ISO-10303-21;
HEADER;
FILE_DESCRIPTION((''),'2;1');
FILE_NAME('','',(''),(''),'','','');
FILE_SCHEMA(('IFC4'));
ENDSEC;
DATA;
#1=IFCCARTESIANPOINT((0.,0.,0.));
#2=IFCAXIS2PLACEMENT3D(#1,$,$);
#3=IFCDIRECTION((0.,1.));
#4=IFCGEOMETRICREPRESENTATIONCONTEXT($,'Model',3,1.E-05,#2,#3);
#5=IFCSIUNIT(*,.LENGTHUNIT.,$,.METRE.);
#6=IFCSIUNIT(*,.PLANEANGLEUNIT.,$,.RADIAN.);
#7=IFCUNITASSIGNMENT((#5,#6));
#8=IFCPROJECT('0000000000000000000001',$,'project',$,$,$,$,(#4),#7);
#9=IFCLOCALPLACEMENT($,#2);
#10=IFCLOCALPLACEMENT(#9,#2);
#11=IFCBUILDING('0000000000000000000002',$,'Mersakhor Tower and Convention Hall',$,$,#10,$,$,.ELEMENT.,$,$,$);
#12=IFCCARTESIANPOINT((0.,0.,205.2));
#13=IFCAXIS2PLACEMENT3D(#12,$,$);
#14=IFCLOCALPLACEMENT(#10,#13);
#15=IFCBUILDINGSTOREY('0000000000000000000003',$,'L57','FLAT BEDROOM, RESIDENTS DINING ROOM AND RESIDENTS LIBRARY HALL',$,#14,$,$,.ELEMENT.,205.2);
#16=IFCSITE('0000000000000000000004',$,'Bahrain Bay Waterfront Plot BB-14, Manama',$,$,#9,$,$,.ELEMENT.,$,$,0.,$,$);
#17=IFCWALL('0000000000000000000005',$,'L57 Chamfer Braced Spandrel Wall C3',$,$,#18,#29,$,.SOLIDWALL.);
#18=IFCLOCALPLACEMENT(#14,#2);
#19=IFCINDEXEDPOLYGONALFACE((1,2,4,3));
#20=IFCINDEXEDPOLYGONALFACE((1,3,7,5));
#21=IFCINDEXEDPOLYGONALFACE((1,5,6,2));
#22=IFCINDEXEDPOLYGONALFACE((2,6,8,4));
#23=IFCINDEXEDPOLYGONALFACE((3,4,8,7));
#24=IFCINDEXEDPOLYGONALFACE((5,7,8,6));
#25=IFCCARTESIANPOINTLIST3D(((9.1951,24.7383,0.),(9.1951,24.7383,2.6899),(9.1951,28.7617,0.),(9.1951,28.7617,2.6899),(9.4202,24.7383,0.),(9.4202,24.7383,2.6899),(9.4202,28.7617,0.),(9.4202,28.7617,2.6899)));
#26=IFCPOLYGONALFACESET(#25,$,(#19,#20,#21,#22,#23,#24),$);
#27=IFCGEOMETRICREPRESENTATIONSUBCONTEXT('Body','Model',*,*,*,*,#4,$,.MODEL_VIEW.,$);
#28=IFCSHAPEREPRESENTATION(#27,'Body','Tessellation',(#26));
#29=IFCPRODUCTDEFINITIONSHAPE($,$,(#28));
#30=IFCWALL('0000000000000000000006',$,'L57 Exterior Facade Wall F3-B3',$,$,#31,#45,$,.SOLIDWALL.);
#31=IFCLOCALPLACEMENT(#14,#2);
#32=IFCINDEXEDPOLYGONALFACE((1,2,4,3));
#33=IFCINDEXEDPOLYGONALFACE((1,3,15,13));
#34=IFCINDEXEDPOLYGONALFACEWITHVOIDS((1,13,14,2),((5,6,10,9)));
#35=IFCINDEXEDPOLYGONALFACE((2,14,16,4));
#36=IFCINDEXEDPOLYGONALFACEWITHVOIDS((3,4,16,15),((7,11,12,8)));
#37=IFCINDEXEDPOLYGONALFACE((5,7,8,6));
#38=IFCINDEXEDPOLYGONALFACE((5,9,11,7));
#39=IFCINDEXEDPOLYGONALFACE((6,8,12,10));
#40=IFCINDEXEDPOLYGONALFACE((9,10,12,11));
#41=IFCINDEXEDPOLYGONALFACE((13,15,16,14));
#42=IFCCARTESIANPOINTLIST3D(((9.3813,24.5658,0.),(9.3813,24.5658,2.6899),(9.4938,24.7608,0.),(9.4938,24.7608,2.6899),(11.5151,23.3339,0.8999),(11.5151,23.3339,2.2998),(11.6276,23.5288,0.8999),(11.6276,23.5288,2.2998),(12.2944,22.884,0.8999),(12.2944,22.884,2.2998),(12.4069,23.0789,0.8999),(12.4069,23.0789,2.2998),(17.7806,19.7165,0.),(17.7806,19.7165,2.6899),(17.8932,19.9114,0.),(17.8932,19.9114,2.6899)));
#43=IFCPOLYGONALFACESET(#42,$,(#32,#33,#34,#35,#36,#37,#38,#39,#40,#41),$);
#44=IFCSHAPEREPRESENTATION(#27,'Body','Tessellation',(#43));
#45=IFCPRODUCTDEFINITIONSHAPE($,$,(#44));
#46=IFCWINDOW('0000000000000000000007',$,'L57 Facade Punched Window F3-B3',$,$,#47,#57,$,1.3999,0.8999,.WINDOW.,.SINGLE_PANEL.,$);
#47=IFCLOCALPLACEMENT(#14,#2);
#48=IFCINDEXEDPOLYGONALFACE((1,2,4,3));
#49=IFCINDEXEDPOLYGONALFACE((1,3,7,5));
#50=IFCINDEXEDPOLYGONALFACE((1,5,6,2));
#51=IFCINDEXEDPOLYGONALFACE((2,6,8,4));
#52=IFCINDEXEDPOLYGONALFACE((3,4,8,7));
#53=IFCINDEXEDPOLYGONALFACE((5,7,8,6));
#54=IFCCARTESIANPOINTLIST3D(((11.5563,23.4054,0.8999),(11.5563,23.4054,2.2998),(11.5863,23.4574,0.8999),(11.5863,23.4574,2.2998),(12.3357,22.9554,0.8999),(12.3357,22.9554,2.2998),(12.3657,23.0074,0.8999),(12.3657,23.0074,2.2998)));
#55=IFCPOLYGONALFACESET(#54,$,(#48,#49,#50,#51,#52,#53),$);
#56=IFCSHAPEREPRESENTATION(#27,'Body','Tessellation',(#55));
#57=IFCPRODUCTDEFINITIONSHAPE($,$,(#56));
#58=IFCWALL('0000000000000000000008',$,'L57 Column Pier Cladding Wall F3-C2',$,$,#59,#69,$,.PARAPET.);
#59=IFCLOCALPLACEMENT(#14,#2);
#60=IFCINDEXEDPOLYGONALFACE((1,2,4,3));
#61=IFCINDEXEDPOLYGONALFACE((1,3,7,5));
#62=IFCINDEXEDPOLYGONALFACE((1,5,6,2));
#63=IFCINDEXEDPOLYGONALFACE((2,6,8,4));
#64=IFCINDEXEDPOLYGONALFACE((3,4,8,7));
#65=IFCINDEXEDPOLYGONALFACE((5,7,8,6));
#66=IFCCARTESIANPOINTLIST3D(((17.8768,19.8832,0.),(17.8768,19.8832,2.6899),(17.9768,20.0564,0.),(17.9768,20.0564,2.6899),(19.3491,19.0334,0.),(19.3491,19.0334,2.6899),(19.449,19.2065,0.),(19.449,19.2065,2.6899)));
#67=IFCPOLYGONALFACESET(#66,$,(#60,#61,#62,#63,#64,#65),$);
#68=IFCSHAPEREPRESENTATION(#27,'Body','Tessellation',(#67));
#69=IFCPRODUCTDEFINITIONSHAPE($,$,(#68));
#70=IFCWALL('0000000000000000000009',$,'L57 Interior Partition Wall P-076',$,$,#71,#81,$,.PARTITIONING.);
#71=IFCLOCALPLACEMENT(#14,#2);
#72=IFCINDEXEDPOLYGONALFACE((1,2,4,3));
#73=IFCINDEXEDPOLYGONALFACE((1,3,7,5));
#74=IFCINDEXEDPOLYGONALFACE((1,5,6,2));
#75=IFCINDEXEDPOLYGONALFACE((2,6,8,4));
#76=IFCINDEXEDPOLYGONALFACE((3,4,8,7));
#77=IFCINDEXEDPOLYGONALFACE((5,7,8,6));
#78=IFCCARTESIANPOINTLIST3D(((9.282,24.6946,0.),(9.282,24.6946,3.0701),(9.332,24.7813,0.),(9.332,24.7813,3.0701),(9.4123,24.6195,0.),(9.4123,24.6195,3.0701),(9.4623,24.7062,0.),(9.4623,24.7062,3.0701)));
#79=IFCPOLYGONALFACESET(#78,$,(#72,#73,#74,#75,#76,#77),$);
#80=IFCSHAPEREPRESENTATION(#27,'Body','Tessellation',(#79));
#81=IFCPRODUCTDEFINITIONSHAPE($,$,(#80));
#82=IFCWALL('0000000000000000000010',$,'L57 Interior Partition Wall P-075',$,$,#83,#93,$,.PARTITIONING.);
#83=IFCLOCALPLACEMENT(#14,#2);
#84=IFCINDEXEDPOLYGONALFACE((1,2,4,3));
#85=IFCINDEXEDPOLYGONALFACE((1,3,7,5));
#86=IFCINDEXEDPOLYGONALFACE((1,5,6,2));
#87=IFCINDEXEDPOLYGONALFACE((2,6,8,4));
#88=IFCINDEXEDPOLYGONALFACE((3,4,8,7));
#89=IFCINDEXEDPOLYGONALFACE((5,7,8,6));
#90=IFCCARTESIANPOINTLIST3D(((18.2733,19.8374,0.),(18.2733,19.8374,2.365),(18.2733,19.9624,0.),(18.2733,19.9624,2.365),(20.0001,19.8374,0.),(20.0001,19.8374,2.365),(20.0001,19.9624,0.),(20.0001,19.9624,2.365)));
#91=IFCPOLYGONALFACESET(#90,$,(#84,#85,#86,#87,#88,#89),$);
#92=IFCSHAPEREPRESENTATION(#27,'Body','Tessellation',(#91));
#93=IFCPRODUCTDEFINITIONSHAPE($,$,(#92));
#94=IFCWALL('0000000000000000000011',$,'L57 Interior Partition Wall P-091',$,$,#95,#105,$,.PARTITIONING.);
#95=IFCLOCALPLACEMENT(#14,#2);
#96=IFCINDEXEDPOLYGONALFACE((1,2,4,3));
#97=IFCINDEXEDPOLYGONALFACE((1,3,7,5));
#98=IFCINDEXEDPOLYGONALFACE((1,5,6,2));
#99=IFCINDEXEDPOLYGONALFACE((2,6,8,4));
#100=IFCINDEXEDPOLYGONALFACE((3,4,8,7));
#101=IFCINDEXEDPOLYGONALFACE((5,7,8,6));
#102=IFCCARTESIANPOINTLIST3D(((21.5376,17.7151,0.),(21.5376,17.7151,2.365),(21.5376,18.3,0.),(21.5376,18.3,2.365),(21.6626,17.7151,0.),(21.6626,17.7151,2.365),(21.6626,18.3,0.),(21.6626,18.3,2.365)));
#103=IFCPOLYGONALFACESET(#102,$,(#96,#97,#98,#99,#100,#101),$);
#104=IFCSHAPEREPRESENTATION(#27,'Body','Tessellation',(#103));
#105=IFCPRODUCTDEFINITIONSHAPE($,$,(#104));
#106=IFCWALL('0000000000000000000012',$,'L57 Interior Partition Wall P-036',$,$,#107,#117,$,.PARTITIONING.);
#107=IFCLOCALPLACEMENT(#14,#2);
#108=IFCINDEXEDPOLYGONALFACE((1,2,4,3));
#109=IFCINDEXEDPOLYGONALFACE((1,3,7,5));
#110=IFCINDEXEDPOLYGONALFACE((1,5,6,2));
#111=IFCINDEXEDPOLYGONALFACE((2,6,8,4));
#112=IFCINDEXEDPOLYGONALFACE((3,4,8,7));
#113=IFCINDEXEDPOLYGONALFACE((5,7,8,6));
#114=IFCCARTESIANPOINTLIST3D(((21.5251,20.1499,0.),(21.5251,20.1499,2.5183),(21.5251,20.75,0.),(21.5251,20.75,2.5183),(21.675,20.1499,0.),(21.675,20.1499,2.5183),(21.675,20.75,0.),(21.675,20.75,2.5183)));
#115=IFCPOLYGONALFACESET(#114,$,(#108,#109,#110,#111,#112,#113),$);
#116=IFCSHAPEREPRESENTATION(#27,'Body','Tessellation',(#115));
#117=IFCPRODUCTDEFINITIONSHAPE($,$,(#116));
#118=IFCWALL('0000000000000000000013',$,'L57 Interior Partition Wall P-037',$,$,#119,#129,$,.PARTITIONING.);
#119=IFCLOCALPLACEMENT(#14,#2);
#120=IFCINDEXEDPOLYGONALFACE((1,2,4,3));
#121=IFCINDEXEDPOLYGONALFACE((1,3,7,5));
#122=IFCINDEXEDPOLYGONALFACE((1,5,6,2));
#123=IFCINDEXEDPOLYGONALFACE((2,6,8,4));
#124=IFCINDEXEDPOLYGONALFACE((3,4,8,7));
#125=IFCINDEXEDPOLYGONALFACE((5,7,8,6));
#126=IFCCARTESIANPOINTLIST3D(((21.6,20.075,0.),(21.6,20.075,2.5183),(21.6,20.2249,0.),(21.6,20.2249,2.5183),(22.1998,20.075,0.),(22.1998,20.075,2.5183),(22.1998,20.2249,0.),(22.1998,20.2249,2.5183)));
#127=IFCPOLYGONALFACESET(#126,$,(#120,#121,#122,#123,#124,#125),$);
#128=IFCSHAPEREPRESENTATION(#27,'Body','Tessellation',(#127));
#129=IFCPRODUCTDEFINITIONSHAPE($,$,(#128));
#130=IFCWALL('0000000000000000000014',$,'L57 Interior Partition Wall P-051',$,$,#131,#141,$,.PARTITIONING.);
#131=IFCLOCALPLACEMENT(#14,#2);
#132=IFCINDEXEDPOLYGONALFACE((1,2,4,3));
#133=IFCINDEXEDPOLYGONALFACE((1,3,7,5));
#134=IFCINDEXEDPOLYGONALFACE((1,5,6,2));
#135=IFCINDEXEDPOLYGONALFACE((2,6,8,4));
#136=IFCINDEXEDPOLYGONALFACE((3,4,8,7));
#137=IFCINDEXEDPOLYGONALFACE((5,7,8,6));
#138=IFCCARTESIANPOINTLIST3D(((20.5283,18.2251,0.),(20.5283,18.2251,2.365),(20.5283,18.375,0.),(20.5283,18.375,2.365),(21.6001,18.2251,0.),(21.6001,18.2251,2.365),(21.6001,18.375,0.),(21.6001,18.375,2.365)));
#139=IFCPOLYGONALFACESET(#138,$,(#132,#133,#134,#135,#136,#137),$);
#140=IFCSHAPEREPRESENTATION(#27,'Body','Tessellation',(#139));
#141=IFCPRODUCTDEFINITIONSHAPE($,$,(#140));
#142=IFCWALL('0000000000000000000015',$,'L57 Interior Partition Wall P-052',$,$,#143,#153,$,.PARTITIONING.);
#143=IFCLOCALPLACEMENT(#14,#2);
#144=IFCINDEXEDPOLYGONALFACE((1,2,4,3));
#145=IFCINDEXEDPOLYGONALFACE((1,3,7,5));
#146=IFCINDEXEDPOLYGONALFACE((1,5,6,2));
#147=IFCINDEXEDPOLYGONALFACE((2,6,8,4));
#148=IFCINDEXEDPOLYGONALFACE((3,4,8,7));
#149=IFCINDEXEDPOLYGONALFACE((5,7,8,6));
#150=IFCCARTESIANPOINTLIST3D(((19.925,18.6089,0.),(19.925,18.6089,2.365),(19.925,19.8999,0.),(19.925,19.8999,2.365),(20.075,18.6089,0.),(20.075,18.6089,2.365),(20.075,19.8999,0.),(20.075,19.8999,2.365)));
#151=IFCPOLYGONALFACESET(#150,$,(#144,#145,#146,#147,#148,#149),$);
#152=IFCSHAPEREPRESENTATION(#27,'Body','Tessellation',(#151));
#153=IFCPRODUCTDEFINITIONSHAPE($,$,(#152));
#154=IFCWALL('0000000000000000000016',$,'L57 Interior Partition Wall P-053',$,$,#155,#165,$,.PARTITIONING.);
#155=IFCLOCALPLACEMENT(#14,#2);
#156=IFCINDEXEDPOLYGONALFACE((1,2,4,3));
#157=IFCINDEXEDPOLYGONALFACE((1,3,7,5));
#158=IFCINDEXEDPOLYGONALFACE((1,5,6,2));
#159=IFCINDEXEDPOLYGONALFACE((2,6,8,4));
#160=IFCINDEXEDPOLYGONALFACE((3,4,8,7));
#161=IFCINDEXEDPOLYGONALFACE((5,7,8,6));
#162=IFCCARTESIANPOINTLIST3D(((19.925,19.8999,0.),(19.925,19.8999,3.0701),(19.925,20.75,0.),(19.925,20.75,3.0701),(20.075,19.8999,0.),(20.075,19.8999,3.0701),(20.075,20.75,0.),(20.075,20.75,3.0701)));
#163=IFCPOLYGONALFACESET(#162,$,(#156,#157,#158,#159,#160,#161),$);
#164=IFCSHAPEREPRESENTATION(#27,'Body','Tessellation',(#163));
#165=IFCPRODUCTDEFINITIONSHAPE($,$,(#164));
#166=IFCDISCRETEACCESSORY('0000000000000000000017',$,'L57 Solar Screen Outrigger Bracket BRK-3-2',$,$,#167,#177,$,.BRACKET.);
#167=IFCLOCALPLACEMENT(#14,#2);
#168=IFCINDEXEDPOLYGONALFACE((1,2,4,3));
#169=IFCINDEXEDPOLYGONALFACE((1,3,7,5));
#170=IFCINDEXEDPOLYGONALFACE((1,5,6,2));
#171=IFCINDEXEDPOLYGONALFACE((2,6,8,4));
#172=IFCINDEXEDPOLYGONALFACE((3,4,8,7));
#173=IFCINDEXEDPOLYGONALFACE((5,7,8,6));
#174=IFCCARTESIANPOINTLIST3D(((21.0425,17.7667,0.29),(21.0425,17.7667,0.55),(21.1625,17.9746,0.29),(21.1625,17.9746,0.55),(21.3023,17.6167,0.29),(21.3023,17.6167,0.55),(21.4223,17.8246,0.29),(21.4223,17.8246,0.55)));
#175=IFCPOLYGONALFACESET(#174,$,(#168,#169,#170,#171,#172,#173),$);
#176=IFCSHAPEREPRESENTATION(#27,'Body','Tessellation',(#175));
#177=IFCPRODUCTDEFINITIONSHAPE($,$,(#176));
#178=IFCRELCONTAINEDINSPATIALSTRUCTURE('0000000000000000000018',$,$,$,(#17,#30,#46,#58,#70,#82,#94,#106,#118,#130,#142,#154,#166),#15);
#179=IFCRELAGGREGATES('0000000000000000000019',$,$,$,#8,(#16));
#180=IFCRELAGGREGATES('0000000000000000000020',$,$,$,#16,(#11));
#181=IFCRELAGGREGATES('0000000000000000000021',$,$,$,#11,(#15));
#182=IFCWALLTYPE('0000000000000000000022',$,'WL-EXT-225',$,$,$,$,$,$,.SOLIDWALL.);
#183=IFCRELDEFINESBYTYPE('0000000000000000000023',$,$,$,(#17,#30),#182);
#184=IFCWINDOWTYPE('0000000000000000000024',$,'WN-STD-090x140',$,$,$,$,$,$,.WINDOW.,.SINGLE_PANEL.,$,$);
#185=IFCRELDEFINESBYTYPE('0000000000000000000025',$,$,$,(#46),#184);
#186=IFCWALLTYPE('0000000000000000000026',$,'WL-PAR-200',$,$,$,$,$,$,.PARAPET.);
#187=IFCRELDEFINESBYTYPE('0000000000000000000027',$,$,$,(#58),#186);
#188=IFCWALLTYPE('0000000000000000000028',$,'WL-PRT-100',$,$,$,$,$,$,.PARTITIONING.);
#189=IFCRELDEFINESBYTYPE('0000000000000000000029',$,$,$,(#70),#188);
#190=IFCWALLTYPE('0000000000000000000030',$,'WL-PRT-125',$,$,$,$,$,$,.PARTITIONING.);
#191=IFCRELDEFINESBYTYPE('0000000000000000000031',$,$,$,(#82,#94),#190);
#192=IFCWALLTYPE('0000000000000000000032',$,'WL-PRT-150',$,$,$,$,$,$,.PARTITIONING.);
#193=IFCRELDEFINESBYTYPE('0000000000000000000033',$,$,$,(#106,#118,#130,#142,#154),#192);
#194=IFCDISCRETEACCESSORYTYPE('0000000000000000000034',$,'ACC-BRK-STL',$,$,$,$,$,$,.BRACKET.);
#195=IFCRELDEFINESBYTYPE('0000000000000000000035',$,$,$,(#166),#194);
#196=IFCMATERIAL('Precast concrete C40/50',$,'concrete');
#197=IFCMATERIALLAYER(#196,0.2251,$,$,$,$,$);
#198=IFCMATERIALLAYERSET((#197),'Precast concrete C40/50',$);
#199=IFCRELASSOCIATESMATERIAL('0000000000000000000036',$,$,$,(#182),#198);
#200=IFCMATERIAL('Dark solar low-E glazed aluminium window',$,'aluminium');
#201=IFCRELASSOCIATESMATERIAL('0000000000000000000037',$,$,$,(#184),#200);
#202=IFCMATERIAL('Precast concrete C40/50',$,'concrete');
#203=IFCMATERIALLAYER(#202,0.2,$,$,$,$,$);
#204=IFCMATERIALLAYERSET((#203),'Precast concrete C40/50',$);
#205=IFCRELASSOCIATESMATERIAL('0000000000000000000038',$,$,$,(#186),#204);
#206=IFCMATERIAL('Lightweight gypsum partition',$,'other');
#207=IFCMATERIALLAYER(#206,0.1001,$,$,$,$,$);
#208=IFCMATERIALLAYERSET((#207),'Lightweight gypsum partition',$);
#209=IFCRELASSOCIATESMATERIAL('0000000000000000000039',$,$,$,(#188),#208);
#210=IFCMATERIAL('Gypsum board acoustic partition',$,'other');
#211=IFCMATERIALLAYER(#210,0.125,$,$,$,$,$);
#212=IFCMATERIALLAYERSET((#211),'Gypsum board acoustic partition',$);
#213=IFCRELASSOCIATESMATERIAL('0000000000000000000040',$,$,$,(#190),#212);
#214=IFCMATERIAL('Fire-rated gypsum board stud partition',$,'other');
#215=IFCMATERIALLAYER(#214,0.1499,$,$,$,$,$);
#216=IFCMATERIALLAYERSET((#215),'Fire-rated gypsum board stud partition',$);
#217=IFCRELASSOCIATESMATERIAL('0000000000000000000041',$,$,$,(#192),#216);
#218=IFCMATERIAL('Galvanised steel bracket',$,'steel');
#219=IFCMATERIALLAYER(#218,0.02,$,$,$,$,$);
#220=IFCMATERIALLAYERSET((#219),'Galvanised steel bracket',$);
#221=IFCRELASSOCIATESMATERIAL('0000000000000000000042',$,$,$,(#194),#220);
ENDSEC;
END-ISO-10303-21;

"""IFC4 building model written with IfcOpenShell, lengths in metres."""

from ifc_helpers import new_model, si_unit, direction, frame, frame_2d, origin, origin_2d, place, context, subcontext, project, spatial, rectangle, extrude, material, layer, layer_set, type_object, element, fill, save


model = new_model("IFC4")

# Units and contexts
model_context = context("Model", 3, precision=1e-05, world=origin(), true_north=direction((0.0, 1.0)))
body_context = subcontext(model_context, "Body", "Model", "MODEL_VIEW")
ifc_project = project(units=[si_unit("LENGTHUNIT", "METRE"), si_unit("PLANEANGLEUNIT", "RADIAN")], contexts=[model_context])

# Site, building, storey
site_placement = place(None, origin())
site = spatial("IfcSite", under=ifc_project, at=site_placement, Name="Bahrain Bay Waterfront Plot BB-14, Manama", CompositionType="ELEMENT", RefElevation=0.0)
building_placement = place(site_placement, origin())
building = spatial("IfcBuilding", under=site, at=building_placement, Name="Mersakhor Tower and Convention Hall", CompositionType="ELEMENT")
storey_placement = place(building_placement, frame((0.0, 0.0, 205.2)))
storey = spatial("IfcBuildingStorey", under=building, at=storey_placement, Name="L57", Description="FLAT BEDROOM, RESIDENTS DINING ROOM AND RESIDENTS LIBRARY HALL", CompositionType="ELEMENT", Elevation=205.2)

# Wall
ifc_material_1 = material(Name="Precast concrete C40/50", Category="concrete")
ifc_layer_1 = layer(ifc_material_1, 0.2251)
ifc_layer_set_1 = layer_set([ifc_layer_1], Name="Precast concrete C40/50")
wall_type_1 = type_object("IfcWallType", Name="WL-EXT-225", PredefinedType="SOLIDWALL", material=ifc_layer_set_1)
wall_1_placement = place(storey_placement, frame((9.3076, 24.7383, 0.0), z_axis=(0.0, 0.0, 1.0), x_axis=(0.0, 1.0, 0.0)))
element("IfcWall", 1, at=wall_1_placement, inside=storey, type_object=wall_type_1, Name="L57 Chamfer Braced Spandrel Wall C3", PredefinedType="SOLIDWALL", context=body_context, shape_type="SweptSolid", body=[
    extrude(rectangle(XDim=4.0234, YDim=0.2251, at=frame_2d((2.0117, 0.0))), origin(), (0.0, 0.0, 1.0), 2.6899),
])

# Wall, opening, window
wall_2_placement = place(storey_placement, frame((17.8369, 19.814, 0.0), z_axis=(0.0, 0.0, 1.0), x_axis=(-0.866027, 0.499997, 0.0)))
wall_2 = element("IfcWall", 2, at=wall_2_placement, inside=storey, type_object=wall_type_1, Name="L57 Exterior Facade Wall F3-B3", PredefinedType="SOLIDWALL", context=body_context, shape_type="SweptSolid", body=[
    extrude(rectangle(XDim=9.6987, YDim=0.2251, at=frame_2d((4.8494, 0.0))), origin(), (0.0, 0.0, 1.0), 2.6899),
])
opening_1_placement = place(wall_2_placement, frame((6.335, 0.0, 0.8999)))
opening_1 = element("IfcOpeningElement", 3, at=opening_1_placement, cuts=wall_2, PredefinedType="OPENING", context=body_context, shape_type="SweptSolid", body=[
    extrude(rectangle(XDim=0.8999, YDim=1.3999, at=frame_2d((0.45, 0.7))), frame((0.0, 0.1226, 0.0), z_axis=(0.0, -1.0, 0.0), x_axis=(1.0, 0.0, 0.0)), (0.0, 0.0, 1.0), 0.2451),
])
ifc_material_2 = material(Name="Dark solar low-E glazed aluminium window", Category="aluminium")
window_type = type_object("IfcWindowType", Name="WN-STD-090x140", PartitioningType="SINGLE_PANEL", PredefinedType="WINDOW", material=ifc_material_2)
window_placement = place(opening_1_placement, origin())
window = element("IfcWindow", 4, at=window_placement, inside=storey, type_object=window_type, Name="L57 Facade Punched Window F3-B3", OverallHeight=1.3999, OverallWidth=0.8999, PartitioningType="SINGLE_PANEL", PredefinedType="WINDOW", context=body_context, shape_type="SweptSolid", body=[
    extrude(rectangle(XDim=0.8999, YDim=1.3999, at=frame_2d((0.45, 0.7))), frame((0.0, 0.03, 0.0), z_axis=(0.0, -1.0, 0.0), x_axis=(1.0, 0.0, 0.0)), (0.0, 0.0, 1.0), 0.0601),
])
fill(opening_1, window)

# Walls
ifc_material_3 = material(Name="Precast concrete C40/50", Category="concrete")
ifc_layer_2 = layer(ifc_material_3, 0.2)
ifc_layer_set_2 = layer_set([ifc_layer_2], Name="Precast concrete C40/50")
wall_type_2 = type_object("IfcWallType", Name="WL-PAR-200", PredefinedType="PARAPET", material=ifc_layer_set_2)
wall_3_placement = place(storey_placement, frame((19.3992, 19.1199, 0.0), z_axis=(0.0, 0.0, 1.0), x_axis=(-0.866052, 0.499955, 0.0)))
element("IfcWall", 5, at=wall_3_placement, inside=storey, type_object=wall_type_2, Name="L57 Column Pier Cladding Wall F3-C2", PredefinedType="PARAPET", context=body_context, shape_type="SweptSolid", body=[
    extrude(rectangle(XDim=1.7, YDim=0.2, at=frame_2d((0.8501, 0.0))), origin(), (0.0, 0.0, 1.0), 2.6899),
])
ifc_material_4 = material(Name="Lightweight gypsum partition", Category="other")
ifc_layer_3 = layer(ifc_material_4, 0.1001)
ifc_layer_set_3 = layer_set([ifc_layer_3], Name="Lightweight gypsum partition")
wall_type_3 = type_object("IfcWallType", Name="WL-PRT-100", PredefinedType="PARTITIONING", material=ifc_layer_set_3)
wall_4_placement = place(storey_placement, frame((9.4373, 24.6628, 0.0), z_axis=(0.0, 0.0, 1.0), x_axis=(-0.86624, 0.499629, 0.0)))
element("IfcWall", 6, at=wall_4_placement, inside=storey, type_object=wall_type_3, Name="L57 Interior Partition Wall P-076", PredefinedType="PARTITIONING", context=body_context, shape_type="SweptSolid", body=[
    extrude(rectangle(XDim=0.1504, YDim=0.1001, at=frame_2d((0.0752, 0.0))), origin(), (0.0, 0.0, 1.0), 3.0701),
])
ifc_material_5 = material(Name="Gypsum board acoustic partition", Category="other")
ifc_layer_4 = layer(ifc_material_5, 0.125)
ifc_layer_set_4 = layer_set([ifc_layer_4], Name="Gypsum board acoustic partition")
wall_type_4 = type_object("IfcWallType", Name="WL-PRT-125", PredefinedType="PARTITIONING", material=ifc_layer_set_4)
wall_5_placement = place(storey_placement, frame((20.0, 19.8999, 0.0), z_axis=(0.0, 0.0, 1.0), x_axis=(-1.0, 0.0, 0.0)))
element("IfcWall", 7, at=wall_5_placement, inside=storey, type_object=wall_type_4, Name="L57 Interior Partition Wall P-075", PredefinedType="PARTITIONING", context=body_context, shape_type="SweptSolid", body=[
    extrude(rectangle(XDim=1.7268, YDim=0.125, at=frame_2d((0.8633, 0.0))), origin(), (0.0, 0.0, 1.0), 2.365),
])
wall_6_placement = place(storey_placement, frame((21.6001, 17.7151, 0.0), z_axis=(0.0, 0.0, 1.0), x_axis=(0.0, 1.0, 0.0)))
element("IfcWall", 8, at=wall_6_placement, inside=storey, type_object=wall_type_4, Name="L57 Interior Partition Wall P-091", PredefinedType="PARTITIONING", context=body_context, shape_type="SweptSolid", body=[
    extrude(rectangle(XDim=0.585, YDim=0.125, at=frame_2d((0.2925, 0.0))), origin(), (0.0, 0.0, 1.0), 2.365),
])

# Shared definitions
ifc_material_6 = material(Name="Fire-rated gypsum board stud partition", Category="other")
ifc_layer_5 = layer(ifc_material_6, 0.1499)
ifc_layer_set_5 = layer_set([ifc_layer_5], Name="Fire-rated gypsum board stud partition")
wall_type_5 = type_object("IfcWallType", Name="WL-PRT-150", PredefinedType="PARTITIONING", material=ifc_layer_set_5)

# Walls
wall_7_placement = place(storey_placement, frame((21.6001, 20.75, 0.0), z_axis=(0.0, 0.0, 1.0), x_axis=(0.0, -1.0, 0.0)))
element("IfcWall", 9, at=wall_7_placement, inside=storey, type_object=wall_type_5, Name="L57 Interior Partition Wall P-036", PredefinedType="PARTITIONING", context=body_context, shape_type="SweptSolid", body=[
    extrude(rectangle(XDim=0.6001, YDim=0.1499, at=frame_2d((0.3, 0.0))), origin(), (0.0, 0.0, 1.0), 2.5183),
])
wall_8_placement = place(storey_placement, frame((21.6001, 20.1499, 0.0), z_axis=(0.0, 0.0, 1.0), x_axis=(1.0, 0.0, 0.0)))
element("IfcWall", 10, at=wall_8_placement, inside=storey, type_object=wall_type_5, Name="L57 Interior Partition Wall P-037", PredefinedType="PARTITIONING", context=body_context, shape_type="SweptSolid", body=[
    extrude(rectangle(XDim=0.5999, YDim=0.1499, at=frame_2d((0.2998, 0.0))), origin(), (0.0, 0.0, 1.0), 2.5183),
])
wall_9_placement = place(storey_placement, frame((21.6001, 18.3, 0.0), z_axis=(0.0, 0.0, 1.0), x_axis=(-1.0, 0.0, 0.0)))
element("IfcWall", 11, at=wall_9_placement, inside=storey, type_object=wall_type_5, Name="L57 Interior Partition Wall P-051", PredefinedType="PARTITIONING", context=body_context, shape_type="SweptSolid", body=[
    extrude(rectangle(XDim=1.0718, YDim=0.1499, at=frame_2d((0.5359, 0.0))), origin(), (0.0, 0.0, 1.0), 2.365),
])
wall_10_placement = place(storey_placement, frame((20.0, 18.6089, 0.0), z_axis=(0.0, 0.0, 1.0), x_axis=(0.0, 1.0, 0.0)))
element("IfcWall", 12, at=wall_10_placement, inside=storey, type_object=wall_type_5, Name="L57 Interior Partition Wall P-052", PredefinedType="PARTITIONING", context=body_context, shape_type="SweptSolid", body=[
    extrude(rectangle(XDim=1.291, YDim=0.1499, at=frame_2d((0.6455, 0.0))), origin(), (0.0, 0.0, 1.0), 2.365),
])
wall_11_placement = place(storey_placement, frame((20.0, 19.8999, 0.0), z_axis=(0.0, 0.0, 1.0), x_axis=(0.0, 1.0, 0.0)))
element("IfcWall", 13, at=wall_11_placement, inside=storey, type_object=wall_type_5, Name="L57 Interior Partition Wall P-053", PredefinedType="PARTITIONING", context=body_context, shape_type="SweptSolid", body=[
    extrude(rectangle(XDim=0.8501, YDim=0.1499, at=frame_2d((0.425, 0.0))), origin(), (0.0, 0.0, 1.0), 3.0701),
])

# Discrete accessory
ifc_material_7 = material(Name="Galvanised steel bracket", Category="steel")
ifc_layer_6 = layer(ifc_material_7, 0.02)
ifc_layer_set_6 = layer_set([ifc_layer_6], Name="Galvanised steel bracket")
discrete_accessory_type = type_object("IfcDiscreteAccessoryType", Name="ACC-BRK-STL", PredefinedType="BRACKET", material=ifc_layer_set_6)
discrete_accessory_placement = place(storey_placement, frame((21.2324, 17.7957, 0.29), z_axis=(0.0, 0.0, 1.0), x_axis=(-0.866025, 0.5, 0.0)))
element("IfcDiscreteAccessory", 14, at=discrete_accessory_placement, inside=storey, type_object=discrete_accessory_type, Name="L57 Solar Screen Outrigger Bracket BRK-3-2", PredefinedType="BRACKET", context=body_context, shape_type="SweptSolid", body=[
    extrude(rectangle(XDim=0.3, YDim=0.24, at=origin_2d()), origin(), (0.0, 0.0, 1.0), 0.26),
])

save(model, "model.ifc")
